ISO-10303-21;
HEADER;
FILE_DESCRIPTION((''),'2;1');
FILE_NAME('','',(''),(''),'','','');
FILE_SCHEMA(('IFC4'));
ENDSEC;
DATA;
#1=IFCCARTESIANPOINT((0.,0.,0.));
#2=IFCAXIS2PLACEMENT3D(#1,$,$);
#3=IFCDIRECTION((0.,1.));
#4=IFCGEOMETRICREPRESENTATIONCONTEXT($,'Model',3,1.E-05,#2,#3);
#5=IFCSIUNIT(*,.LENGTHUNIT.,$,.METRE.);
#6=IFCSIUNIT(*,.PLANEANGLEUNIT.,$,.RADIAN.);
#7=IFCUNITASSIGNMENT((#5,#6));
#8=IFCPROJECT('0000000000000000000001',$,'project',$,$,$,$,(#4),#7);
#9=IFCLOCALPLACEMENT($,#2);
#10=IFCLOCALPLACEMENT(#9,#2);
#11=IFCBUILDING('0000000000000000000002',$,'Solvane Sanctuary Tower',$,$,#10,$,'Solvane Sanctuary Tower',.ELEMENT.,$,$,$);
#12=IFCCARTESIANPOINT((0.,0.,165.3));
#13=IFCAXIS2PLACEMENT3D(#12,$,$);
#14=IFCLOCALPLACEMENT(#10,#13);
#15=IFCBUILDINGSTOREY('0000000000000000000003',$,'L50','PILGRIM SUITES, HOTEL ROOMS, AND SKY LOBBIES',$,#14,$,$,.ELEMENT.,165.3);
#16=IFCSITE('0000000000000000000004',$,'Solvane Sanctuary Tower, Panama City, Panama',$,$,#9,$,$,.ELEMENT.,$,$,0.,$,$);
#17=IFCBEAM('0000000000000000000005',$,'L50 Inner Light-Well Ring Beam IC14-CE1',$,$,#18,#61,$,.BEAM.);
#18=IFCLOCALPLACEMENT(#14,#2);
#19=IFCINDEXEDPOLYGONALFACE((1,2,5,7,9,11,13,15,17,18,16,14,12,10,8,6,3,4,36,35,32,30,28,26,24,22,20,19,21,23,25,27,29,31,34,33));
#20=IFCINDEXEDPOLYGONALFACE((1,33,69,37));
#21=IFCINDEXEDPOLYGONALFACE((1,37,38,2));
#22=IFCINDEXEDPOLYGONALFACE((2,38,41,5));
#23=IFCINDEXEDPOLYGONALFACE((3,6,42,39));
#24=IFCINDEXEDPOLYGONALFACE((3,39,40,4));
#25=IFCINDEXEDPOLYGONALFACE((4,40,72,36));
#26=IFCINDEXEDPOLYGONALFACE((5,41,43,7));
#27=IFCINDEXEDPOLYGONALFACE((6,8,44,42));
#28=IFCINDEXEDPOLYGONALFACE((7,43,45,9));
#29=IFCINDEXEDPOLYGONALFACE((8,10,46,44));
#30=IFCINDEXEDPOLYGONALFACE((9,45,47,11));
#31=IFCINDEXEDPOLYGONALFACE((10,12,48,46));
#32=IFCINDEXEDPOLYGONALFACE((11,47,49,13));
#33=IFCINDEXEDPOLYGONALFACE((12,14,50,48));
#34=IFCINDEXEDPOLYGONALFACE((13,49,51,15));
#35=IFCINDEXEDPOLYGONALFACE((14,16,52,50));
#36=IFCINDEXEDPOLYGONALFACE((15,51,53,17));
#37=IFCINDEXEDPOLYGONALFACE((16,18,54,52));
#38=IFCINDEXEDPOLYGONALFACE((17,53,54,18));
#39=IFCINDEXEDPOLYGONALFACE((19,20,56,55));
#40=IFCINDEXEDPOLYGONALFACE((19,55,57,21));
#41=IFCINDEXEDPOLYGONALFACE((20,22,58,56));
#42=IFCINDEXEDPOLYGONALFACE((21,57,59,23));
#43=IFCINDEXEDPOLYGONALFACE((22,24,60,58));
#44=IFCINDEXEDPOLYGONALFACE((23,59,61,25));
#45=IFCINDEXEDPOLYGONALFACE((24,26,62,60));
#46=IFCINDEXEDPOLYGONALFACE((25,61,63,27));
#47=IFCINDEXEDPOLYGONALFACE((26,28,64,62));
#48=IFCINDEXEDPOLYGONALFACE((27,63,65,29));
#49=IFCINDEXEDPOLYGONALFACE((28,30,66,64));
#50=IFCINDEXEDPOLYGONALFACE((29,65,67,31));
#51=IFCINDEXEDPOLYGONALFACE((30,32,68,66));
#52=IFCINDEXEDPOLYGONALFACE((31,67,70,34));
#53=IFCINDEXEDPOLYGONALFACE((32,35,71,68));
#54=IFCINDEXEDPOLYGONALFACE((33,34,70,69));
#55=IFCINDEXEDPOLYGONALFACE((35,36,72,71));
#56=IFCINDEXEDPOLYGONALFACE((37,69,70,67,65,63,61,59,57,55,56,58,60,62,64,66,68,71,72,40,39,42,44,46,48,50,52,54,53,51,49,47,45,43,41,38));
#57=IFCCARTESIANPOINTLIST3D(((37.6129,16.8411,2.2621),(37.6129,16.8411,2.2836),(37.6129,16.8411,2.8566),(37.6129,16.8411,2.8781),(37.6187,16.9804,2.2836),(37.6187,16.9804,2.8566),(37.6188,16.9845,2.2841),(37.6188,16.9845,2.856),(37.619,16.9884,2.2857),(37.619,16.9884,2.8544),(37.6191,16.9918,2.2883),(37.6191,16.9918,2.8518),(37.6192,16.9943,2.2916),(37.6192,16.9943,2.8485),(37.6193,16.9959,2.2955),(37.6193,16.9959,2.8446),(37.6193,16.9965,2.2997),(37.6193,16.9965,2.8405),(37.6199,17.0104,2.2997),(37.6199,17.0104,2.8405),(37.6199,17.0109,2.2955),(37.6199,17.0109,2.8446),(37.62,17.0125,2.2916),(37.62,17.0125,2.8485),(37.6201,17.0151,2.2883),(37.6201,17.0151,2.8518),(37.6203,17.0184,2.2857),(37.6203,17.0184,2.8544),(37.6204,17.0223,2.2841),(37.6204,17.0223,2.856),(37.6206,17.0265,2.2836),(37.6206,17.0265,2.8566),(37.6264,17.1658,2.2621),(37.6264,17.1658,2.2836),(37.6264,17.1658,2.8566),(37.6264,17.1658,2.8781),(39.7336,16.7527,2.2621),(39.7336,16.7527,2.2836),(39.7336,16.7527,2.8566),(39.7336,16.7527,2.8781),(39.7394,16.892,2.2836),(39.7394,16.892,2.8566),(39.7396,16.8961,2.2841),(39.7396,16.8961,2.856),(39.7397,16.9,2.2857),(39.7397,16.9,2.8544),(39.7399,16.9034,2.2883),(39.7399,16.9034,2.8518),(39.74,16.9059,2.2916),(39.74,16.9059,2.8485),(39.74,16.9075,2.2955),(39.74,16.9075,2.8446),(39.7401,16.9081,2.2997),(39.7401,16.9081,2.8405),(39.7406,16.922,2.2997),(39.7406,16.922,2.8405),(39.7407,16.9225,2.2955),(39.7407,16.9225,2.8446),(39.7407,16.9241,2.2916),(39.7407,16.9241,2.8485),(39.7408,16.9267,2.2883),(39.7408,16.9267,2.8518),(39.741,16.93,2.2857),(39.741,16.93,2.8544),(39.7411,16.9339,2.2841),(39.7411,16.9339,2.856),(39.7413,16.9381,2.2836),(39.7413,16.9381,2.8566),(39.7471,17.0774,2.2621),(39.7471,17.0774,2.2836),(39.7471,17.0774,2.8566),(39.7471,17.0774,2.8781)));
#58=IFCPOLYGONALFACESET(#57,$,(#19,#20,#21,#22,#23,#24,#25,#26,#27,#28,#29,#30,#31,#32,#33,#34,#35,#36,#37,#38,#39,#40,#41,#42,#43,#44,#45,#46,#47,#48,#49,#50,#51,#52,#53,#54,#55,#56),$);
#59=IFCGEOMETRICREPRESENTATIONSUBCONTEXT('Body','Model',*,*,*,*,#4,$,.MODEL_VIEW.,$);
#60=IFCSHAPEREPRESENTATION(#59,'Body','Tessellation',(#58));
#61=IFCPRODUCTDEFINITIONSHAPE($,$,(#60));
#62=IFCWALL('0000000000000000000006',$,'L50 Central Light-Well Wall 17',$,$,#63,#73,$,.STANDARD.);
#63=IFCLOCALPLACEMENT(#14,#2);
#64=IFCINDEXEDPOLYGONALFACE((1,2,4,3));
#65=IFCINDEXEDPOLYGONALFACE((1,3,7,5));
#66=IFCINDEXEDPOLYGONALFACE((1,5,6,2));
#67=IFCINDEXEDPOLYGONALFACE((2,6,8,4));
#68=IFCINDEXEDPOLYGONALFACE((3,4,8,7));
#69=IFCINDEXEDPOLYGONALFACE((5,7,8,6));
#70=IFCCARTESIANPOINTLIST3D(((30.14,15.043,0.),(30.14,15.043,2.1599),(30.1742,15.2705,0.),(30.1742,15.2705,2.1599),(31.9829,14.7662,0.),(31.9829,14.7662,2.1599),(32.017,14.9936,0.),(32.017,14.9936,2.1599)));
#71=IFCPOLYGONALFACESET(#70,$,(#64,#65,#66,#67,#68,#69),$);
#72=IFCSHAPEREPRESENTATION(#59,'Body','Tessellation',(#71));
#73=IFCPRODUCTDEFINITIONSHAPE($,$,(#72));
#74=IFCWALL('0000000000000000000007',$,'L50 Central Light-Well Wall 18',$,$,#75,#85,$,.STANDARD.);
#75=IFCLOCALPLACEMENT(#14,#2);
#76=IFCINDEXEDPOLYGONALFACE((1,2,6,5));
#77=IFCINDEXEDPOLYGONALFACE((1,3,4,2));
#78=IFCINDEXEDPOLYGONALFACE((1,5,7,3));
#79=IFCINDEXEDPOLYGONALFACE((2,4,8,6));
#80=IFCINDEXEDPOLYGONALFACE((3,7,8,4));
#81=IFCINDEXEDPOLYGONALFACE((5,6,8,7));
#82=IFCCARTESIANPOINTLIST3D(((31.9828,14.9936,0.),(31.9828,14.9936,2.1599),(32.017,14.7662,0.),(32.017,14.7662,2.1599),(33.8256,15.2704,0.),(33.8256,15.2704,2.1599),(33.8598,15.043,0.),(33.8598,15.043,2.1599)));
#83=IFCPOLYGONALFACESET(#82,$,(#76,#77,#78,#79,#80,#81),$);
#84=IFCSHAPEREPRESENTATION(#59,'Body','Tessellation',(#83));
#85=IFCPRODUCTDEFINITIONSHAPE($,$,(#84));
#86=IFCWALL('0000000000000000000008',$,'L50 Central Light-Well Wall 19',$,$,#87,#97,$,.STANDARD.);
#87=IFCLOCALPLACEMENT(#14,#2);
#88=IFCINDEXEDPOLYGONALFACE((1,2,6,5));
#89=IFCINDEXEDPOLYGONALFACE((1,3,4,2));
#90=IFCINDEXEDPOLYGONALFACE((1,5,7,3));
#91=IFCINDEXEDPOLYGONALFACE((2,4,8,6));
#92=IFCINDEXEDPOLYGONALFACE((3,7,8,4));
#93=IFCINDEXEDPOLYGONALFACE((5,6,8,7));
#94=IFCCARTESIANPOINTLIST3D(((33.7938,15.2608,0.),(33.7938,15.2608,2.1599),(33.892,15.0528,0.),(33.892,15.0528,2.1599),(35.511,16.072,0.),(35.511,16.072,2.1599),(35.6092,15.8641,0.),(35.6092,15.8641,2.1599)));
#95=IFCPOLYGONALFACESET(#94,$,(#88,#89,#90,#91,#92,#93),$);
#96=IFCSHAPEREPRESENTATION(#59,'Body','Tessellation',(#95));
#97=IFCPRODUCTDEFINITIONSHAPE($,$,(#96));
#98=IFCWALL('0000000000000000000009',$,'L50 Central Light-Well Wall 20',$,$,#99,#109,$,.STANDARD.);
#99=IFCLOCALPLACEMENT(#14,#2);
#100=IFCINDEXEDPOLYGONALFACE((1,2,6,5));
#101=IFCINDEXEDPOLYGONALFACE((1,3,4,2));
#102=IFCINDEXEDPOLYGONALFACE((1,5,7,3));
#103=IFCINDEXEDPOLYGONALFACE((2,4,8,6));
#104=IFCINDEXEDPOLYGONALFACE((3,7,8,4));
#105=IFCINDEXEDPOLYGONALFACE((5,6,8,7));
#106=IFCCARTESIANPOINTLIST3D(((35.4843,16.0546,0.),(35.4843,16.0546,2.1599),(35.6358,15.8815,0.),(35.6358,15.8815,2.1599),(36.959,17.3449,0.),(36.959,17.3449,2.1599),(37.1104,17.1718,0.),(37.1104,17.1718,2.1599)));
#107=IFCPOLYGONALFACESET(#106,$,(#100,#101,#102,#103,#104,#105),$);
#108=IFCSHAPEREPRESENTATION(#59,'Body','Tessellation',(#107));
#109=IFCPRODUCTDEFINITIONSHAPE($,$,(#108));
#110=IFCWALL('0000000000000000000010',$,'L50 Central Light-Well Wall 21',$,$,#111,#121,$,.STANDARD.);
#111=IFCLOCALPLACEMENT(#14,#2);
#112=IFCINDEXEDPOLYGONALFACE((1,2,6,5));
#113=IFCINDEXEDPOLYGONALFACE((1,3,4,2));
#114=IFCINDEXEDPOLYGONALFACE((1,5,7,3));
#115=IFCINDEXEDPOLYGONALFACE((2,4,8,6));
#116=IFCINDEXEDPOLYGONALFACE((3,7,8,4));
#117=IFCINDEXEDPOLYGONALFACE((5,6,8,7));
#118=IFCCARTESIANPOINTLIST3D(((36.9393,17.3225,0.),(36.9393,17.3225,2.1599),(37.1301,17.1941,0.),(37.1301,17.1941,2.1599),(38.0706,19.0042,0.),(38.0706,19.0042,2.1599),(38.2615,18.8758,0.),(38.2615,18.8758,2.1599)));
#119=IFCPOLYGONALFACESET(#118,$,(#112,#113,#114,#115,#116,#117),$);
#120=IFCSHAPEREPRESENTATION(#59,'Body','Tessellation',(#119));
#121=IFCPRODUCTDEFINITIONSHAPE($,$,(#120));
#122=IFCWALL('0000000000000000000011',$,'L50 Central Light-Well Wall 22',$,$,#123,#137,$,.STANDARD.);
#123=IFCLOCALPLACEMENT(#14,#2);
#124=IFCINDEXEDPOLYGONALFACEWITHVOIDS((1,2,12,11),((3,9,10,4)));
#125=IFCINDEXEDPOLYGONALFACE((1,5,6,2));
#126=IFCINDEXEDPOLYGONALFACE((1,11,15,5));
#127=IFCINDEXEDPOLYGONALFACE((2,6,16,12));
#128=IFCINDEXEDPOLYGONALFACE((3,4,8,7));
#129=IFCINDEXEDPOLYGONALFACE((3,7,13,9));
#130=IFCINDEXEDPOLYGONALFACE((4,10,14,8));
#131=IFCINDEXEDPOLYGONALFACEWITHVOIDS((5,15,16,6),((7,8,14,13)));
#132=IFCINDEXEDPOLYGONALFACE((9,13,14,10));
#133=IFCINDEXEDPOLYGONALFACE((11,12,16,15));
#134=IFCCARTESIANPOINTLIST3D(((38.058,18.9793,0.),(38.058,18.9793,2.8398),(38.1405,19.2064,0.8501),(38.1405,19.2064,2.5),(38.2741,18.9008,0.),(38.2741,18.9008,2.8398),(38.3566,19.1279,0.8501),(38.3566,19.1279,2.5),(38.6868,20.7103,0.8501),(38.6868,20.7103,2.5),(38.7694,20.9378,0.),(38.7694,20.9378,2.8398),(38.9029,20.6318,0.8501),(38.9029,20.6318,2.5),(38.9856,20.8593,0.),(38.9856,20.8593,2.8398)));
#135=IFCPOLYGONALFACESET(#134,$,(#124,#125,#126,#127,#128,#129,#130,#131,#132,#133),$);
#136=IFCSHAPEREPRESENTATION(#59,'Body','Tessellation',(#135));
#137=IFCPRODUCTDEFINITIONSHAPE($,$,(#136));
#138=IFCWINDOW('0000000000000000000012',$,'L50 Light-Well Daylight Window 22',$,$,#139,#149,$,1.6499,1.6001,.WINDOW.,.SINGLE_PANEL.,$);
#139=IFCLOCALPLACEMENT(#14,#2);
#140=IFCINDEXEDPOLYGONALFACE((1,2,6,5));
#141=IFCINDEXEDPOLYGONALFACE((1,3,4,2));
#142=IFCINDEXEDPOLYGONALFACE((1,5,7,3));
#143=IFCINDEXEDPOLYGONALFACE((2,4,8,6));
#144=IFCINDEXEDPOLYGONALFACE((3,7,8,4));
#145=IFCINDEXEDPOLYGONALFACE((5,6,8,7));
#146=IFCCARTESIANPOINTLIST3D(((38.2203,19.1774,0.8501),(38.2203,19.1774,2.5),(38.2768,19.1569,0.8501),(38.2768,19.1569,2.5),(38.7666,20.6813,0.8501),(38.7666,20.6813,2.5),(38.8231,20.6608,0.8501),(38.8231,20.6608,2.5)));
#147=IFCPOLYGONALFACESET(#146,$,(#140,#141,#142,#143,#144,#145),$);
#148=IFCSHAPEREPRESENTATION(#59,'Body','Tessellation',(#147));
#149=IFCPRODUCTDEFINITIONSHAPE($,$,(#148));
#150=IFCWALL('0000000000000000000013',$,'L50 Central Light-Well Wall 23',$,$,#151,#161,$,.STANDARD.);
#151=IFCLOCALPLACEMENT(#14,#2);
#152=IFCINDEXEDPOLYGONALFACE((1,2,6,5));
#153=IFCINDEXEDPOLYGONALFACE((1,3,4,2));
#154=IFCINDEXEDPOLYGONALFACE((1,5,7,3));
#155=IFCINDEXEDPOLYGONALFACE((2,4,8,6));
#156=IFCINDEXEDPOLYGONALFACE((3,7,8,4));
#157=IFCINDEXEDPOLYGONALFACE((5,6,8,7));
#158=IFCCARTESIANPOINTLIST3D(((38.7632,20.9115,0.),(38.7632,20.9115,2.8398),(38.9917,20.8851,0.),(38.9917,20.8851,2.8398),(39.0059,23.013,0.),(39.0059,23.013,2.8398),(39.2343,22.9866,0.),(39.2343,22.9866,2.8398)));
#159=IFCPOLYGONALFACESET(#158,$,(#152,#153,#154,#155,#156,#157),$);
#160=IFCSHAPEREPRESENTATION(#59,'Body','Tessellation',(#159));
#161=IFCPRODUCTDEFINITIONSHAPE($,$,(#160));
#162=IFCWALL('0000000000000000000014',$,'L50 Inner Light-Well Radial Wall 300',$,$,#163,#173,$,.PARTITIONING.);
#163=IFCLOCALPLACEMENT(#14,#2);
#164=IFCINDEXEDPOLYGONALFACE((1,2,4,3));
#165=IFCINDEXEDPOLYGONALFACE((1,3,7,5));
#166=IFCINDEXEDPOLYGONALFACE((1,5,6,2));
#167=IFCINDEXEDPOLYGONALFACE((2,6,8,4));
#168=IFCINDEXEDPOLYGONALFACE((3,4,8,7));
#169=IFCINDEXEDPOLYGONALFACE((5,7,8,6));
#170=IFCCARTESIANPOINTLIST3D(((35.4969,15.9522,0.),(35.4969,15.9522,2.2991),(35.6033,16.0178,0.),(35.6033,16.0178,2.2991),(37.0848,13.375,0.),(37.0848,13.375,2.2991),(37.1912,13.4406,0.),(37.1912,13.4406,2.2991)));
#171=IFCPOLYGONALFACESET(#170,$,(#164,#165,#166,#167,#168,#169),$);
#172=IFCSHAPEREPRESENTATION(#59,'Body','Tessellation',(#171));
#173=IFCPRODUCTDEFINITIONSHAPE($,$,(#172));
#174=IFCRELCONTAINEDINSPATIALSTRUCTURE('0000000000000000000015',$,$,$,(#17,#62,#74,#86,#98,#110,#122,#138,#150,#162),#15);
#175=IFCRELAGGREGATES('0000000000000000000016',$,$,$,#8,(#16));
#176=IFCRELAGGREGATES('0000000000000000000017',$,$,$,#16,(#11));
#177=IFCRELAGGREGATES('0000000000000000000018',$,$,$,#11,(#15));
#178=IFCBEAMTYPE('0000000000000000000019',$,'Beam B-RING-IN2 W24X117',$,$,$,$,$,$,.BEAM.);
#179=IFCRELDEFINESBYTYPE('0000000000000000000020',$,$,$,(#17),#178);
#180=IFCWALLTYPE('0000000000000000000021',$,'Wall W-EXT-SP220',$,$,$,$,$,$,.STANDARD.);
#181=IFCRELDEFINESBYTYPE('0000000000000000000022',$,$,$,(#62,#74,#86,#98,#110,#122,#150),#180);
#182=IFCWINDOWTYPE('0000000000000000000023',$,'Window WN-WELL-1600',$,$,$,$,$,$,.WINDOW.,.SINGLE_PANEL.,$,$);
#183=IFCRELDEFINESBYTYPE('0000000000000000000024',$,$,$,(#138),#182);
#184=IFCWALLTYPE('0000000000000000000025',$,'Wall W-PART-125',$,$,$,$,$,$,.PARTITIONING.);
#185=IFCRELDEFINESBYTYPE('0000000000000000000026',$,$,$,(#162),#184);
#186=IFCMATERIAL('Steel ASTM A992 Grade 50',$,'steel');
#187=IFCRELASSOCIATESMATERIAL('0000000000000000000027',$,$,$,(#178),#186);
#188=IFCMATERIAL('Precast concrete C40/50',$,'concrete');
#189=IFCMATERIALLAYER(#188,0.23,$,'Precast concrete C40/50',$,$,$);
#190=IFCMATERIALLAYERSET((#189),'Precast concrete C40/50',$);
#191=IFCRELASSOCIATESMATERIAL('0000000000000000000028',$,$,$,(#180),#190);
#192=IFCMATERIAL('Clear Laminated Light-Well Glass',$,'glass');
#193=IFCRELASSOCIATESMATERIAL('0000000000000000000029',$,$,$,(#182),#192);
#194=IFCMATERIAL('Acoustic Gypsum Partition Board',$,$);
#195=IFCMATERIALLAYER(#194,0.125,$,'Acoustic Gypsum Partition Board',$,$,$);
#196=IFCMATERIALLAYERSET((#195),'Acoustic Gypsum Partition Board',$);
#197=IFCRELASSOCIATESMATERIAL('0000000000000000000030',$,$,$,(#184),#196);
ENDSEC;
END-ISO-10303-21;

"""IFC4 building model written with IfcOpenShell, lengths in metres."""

from ifc_helpers import new_model, si_unit, direction, frame, frame_2d, origin, origin_2d, place, context, subcontext, project, spatial, rectangle, i_section, extrude, material, layer, layer_set, material_profile, profile_set, type_object, element, fill, save


model = new_model("IFC4")

# Units and contexts
model_context = context("Model", 3, precision=1e-05, world=origin(), true_north=direction((0.0, 1.0)))
body_context = subcontext(model_context, "Body", "Model", "MODEL_VIEW")
ifc_project = project(units=[si_unit("LENGTHUNIT", "METRE"), si_unit("PLANEANGLEUNIT", "RADIAN")], contexts=[model_context])

# Site, building, storey
site_placement = place(None, origin())
site = spatial("IfcSite", under=ifc_project, at=site_placement, Name="Solvane Sanctuary Tower, Panama City, Panama", CompositionType="ELEMENT", RefElevation=0.0)
building_placement = place(site_placement, origin())
building = spatial("IfcBuilding", under=site, at=building_placement, Name="Solvane Sanctuary Tower", LongName="Solvane Sanctuary Tower", CompositionType="ELEMENT")
storey_placement = place(building_placement, frame((0.0, 0.0, 165.3)))
storey = spatial("IfcBuildingStorey", under=building, at=storey_placement, Name="L50", Description="PILGRIM SUITES, HOTEL ROOMS, AND SKY LOBBIES", CompositionType="ELEMENT", Elevation=165.3)

# Beam
ifc_material_1 = material(Name="Steel ASTM A992 Grade 50", Category="steel")
ifc_material_profile_1 = material_profile(ifc_material_1, i_section(OverallWidth=0.325, OverallDepth=0.616, WebThickness=0.0139, FlangeThickness=0.0215, FilletRadius=0.0161, at=origin_2d()), Name="W24X117")
ifc_profile_set_1 = profile_set([ifc_material_profile_1], Name="Steel ASTM A992 Grade 50")
beam_type_1 = type_object("IfcBeamType", Name="Beam B-RING-IN2 W24X117", PredefinedType="BEAM", material=ifc_profile_set_1)
beam_1_placement = place(storey_placement, frame((37.6196, 17.0034, 2.5701), z_axis=(0.999133, -0.04164, 0.0), x_axis=(0.04164, 0.999133, 0.0)))
element("IfcBeam", 1, at=beam_1_placement, inside=storey, type_object=beam_type_1, Name="L50 Inner Light-Well Ring Beam IC14-CE1", PredefinedType="BEAM", context=body_context, shape_type="SweptSolid", body=[
    extrude(i_section(OverallWidth=0.325, OverallDepth=0.616, WebThickness=0.0139, FlangeThickness=0.0215, FilletRadius=0.0161, at=origin_2d()), origin(), (0.0, 0.0, 1.0), 2.1226),
])

# Walls
ifc_material_2 = material(Name="Precast concrete C40/50", Category="concrete")
ifc_layer_1 = layer(ifc_material_2, 0.23, Name="Precast concrete C40/50")
ifc_layer_set_1 = layer_set([ifc_layer_1], Name="Precast concrete C40/50")
wall_type_1 = type_object("IfcWallType", Name="Wall W-EXT-SP220", PredefinedType="STANDARD", material=ifc_layer_set_1)
for number, where, z_axis, x_axis, name in (
    (2, (30.1572, 15.1567, 0.0), (0.0, 0.0, 1.0), (0.988902, -0.148571, 0.0), "L50 Central Light-Well Wall 17"),
    (3, (32.0, 14.8799, 0.0), (0.0, 0.0, 1.0), (0.988902, 0.148571, 0.0), "L50 Central Light-Well Wall 18"),
):
    element("IfcWall", number, at=place(storey_placement, frame(where, z_axis=z_axis, x_axis=x_axis)), inside=storey, type_object=wall_type_1, Name=name, PredefinedType="STANDARD", context=body_context, shape_type="SweptSolid", body=[
        extrude(rectangle(XDim=1.8635, YDim=0.23, at=frame_2d((0.9316, 0.0))), origin(), (0.0, 0.0, 1.0), 2.1599),
    ])
wall_1_placement = place(storey_placement, frame((33.8428, 15.1567, 0.0), z_axis=(0.0, 0.0, 1.0), x_axis=(0.90418, 0.427152, 0.0)))
element("IfcWall", 4, at=wall_1_placement, inside=storey, type_object=wall_type_1, Name="L50 Central Light-Well Wall 19", PredefinedType="STANDARD", context=body_context, shape_type="SweptSolid", body=[
    extrude(rectangle(XDim=1.8992, YDim=0.23, at=frame_2d((0.9497, 0.0))), origin(), (0.0, 0.0, 1.0), 2.1599),
])
wall_2_placement = place(storey_placement, frame((35.5601, 15.968, 0.0), z_axis=(0.0, 0.0, 1.0), x_axis=(0.752577, 0.658505, 0.0)))
element("IfcWall", 5, at=wall_2_placement, inside=storey, type_object=wall_type_1, Name="L50 Central Light-Well Wall 20", PredefinedType="STANDARD", context=body_context, shape_type="SweptSolid", body=[
    extrude(rectangle(XDim=1.9595, YDim=0.23, at=frame_2d((0.9797, 0.0))), origin(), (0.0, 0.0, 1.0), 2.1599),
])
wall_3_placement = place(storey_placement, frame((37.0347, 17.2583, 0.0), z_axis=(0.0, 0.0, 1.0), x_axis=(0.558198, 0.829708, 0.0)))
element("IfcWall", 6, at=wall_3_placement, inside=storey, type_object=wall_type_1, Name="L50 Central Light-Well Wall 21", PredefinedType="STANDARD", context=body_context, shape_type="SweptSolid", body=[
    extrude(rectangle(XDim=2.0269, YDim=0.23, at=frame_2d((1.0134, 0.0))), origin(), (0.0, 0.0, 1.0), 2.1599),
])

# Wall, opening, window
wall_4_placement = place(storey_placement, frame((38.166, 18.9399, 0.0), z_axis=(0.0, 0.0, 1.0), x_axis=(0.341423, 0.93991, 0.0)))
wall_4 = element("IfcWall", 7, at=wall_4_placement, inside=storey, type_object=wall_type_1, Name="L50 Central Light-Well Wall 22", PredefinedType="STANDARD", context=body_context, shape_type="SweptSolid", body=[
    extrude(rectangle(XDim=2.0837, YDim=0.23, at=frame_2d((1.042, 0.0))), origin(), (0.0, 0.0, 1.0), 2.8398),
])
opening_placement = place(wall_4_placement, frame((0.2417, 0.0, 0.8501)))
opening = element("IfcOpeningElement", 8, at=opening_placement, cuts=wall_4, PredefinedType="OPENING", context=body_context, shape_type="SweptSolid", body=[
    extrude(rectangle(XDim=1.6001, YDim=1.6499, at=frame_2d((0.8, 0.825))), frame((0.0, 0.125, 0.0), z_axis=(0.0, -1.0, 0.0), x_axis=(1.0, 0.0, 0.0)), (0.0, 0.0, 1.0), 0.25),
])
ifc_material_3 = material(Name="Clear Laminated Light-Well Glass", Category="glass")
window_type = type_object("IfcWindowType", Name="Window WN-WELL-1600", PartitioningType="SINGLE_PANEL", PredefinedType="WINDOW", material=ifc_material_3)
window_placement = place(opening_placement, origin())
window = element("IfcWindow", 9, at=window_placement, inside=storey, type_object=window_type, Name="L50 Light-Well Daylight Window 22", OverallHeight=1.6499, OverallWidth=1.6001, PartitioningType="SINGLE_PANEL", PredefinedType="WINDOW", context=body_context, shape_type="SweptSolid", body=[
    extrude(rectangle(XDim=1.6001, YDim=1.6499, at=frame_2d((0.8, 0.825))), frame((0.0, 0.03, 0.0), z_axis=(0.0, -1.0, 0.0), x_axis=(1.0, 0.0, 0.0)), (0.0, 0.0, 1.0), 0.0601),
])
fill(opening, window)

# Walls
wall_5_placement = place(storey_placement, frame((38.8774, 20.8984, 0.0), z_axis=(0.0, 0.0, 1.0), x_axis=(0.114712, 0.993399, 0.0)))
element("IfcWall", 10, at=wall_5_placement, inside=storey, type_object=wall_type_1, Name="L50 Central Light-Well Wall 23", PredefinedType="STANDARD", context=body_context, shape_type="SweptSolid", body=[
    extrude(rectangle(XDim=2.1155, YDim=0.23, at=frame_2d((1.0576, 0.0))), origin(), (0.0, 0.0, 1.0), 2.8398),
])
ifc_material_4 = material(Name="Acoustic Gypsum Partition Board")
ifc_layer_2 = layer(ifc_material_4, 0.125, Name="Acoustic Gypsum Partition Board")
ifc_layer_set_2 = layer_set([ifc_layer_2], Name="Acoustic Gypsum Partition Board")
wall_type_2 = type_object("IfcWallType", Name="Wall W-PART-125", PredefinedType="PARTITIONING", material=ifc_layer_set_2)
wall_6_placement = place(storey_placement, frame((35.55, 15.9851, 0.0), z_axis=(0.0, 0.0, 1.0), x_axis=(0.524565, -0.85137, 0.0)))
element("IfcWall", 11, at=wall_6_placement, inside=storey, type_object=wall_type_2, Name="L50 Inner Light-Well Radial Wall 300", PredefinedType="PARTITIONING", context=body_context, shape_type="SweptSolid", body=[
    extrude(rectangle(XDim=3.0271, YDim=0.125, at=frame_2d((1.5137, 0.0))), origin(), (0.0, 0.0, 1.0), 2.2991),
])

save(model, "model.ifc")
